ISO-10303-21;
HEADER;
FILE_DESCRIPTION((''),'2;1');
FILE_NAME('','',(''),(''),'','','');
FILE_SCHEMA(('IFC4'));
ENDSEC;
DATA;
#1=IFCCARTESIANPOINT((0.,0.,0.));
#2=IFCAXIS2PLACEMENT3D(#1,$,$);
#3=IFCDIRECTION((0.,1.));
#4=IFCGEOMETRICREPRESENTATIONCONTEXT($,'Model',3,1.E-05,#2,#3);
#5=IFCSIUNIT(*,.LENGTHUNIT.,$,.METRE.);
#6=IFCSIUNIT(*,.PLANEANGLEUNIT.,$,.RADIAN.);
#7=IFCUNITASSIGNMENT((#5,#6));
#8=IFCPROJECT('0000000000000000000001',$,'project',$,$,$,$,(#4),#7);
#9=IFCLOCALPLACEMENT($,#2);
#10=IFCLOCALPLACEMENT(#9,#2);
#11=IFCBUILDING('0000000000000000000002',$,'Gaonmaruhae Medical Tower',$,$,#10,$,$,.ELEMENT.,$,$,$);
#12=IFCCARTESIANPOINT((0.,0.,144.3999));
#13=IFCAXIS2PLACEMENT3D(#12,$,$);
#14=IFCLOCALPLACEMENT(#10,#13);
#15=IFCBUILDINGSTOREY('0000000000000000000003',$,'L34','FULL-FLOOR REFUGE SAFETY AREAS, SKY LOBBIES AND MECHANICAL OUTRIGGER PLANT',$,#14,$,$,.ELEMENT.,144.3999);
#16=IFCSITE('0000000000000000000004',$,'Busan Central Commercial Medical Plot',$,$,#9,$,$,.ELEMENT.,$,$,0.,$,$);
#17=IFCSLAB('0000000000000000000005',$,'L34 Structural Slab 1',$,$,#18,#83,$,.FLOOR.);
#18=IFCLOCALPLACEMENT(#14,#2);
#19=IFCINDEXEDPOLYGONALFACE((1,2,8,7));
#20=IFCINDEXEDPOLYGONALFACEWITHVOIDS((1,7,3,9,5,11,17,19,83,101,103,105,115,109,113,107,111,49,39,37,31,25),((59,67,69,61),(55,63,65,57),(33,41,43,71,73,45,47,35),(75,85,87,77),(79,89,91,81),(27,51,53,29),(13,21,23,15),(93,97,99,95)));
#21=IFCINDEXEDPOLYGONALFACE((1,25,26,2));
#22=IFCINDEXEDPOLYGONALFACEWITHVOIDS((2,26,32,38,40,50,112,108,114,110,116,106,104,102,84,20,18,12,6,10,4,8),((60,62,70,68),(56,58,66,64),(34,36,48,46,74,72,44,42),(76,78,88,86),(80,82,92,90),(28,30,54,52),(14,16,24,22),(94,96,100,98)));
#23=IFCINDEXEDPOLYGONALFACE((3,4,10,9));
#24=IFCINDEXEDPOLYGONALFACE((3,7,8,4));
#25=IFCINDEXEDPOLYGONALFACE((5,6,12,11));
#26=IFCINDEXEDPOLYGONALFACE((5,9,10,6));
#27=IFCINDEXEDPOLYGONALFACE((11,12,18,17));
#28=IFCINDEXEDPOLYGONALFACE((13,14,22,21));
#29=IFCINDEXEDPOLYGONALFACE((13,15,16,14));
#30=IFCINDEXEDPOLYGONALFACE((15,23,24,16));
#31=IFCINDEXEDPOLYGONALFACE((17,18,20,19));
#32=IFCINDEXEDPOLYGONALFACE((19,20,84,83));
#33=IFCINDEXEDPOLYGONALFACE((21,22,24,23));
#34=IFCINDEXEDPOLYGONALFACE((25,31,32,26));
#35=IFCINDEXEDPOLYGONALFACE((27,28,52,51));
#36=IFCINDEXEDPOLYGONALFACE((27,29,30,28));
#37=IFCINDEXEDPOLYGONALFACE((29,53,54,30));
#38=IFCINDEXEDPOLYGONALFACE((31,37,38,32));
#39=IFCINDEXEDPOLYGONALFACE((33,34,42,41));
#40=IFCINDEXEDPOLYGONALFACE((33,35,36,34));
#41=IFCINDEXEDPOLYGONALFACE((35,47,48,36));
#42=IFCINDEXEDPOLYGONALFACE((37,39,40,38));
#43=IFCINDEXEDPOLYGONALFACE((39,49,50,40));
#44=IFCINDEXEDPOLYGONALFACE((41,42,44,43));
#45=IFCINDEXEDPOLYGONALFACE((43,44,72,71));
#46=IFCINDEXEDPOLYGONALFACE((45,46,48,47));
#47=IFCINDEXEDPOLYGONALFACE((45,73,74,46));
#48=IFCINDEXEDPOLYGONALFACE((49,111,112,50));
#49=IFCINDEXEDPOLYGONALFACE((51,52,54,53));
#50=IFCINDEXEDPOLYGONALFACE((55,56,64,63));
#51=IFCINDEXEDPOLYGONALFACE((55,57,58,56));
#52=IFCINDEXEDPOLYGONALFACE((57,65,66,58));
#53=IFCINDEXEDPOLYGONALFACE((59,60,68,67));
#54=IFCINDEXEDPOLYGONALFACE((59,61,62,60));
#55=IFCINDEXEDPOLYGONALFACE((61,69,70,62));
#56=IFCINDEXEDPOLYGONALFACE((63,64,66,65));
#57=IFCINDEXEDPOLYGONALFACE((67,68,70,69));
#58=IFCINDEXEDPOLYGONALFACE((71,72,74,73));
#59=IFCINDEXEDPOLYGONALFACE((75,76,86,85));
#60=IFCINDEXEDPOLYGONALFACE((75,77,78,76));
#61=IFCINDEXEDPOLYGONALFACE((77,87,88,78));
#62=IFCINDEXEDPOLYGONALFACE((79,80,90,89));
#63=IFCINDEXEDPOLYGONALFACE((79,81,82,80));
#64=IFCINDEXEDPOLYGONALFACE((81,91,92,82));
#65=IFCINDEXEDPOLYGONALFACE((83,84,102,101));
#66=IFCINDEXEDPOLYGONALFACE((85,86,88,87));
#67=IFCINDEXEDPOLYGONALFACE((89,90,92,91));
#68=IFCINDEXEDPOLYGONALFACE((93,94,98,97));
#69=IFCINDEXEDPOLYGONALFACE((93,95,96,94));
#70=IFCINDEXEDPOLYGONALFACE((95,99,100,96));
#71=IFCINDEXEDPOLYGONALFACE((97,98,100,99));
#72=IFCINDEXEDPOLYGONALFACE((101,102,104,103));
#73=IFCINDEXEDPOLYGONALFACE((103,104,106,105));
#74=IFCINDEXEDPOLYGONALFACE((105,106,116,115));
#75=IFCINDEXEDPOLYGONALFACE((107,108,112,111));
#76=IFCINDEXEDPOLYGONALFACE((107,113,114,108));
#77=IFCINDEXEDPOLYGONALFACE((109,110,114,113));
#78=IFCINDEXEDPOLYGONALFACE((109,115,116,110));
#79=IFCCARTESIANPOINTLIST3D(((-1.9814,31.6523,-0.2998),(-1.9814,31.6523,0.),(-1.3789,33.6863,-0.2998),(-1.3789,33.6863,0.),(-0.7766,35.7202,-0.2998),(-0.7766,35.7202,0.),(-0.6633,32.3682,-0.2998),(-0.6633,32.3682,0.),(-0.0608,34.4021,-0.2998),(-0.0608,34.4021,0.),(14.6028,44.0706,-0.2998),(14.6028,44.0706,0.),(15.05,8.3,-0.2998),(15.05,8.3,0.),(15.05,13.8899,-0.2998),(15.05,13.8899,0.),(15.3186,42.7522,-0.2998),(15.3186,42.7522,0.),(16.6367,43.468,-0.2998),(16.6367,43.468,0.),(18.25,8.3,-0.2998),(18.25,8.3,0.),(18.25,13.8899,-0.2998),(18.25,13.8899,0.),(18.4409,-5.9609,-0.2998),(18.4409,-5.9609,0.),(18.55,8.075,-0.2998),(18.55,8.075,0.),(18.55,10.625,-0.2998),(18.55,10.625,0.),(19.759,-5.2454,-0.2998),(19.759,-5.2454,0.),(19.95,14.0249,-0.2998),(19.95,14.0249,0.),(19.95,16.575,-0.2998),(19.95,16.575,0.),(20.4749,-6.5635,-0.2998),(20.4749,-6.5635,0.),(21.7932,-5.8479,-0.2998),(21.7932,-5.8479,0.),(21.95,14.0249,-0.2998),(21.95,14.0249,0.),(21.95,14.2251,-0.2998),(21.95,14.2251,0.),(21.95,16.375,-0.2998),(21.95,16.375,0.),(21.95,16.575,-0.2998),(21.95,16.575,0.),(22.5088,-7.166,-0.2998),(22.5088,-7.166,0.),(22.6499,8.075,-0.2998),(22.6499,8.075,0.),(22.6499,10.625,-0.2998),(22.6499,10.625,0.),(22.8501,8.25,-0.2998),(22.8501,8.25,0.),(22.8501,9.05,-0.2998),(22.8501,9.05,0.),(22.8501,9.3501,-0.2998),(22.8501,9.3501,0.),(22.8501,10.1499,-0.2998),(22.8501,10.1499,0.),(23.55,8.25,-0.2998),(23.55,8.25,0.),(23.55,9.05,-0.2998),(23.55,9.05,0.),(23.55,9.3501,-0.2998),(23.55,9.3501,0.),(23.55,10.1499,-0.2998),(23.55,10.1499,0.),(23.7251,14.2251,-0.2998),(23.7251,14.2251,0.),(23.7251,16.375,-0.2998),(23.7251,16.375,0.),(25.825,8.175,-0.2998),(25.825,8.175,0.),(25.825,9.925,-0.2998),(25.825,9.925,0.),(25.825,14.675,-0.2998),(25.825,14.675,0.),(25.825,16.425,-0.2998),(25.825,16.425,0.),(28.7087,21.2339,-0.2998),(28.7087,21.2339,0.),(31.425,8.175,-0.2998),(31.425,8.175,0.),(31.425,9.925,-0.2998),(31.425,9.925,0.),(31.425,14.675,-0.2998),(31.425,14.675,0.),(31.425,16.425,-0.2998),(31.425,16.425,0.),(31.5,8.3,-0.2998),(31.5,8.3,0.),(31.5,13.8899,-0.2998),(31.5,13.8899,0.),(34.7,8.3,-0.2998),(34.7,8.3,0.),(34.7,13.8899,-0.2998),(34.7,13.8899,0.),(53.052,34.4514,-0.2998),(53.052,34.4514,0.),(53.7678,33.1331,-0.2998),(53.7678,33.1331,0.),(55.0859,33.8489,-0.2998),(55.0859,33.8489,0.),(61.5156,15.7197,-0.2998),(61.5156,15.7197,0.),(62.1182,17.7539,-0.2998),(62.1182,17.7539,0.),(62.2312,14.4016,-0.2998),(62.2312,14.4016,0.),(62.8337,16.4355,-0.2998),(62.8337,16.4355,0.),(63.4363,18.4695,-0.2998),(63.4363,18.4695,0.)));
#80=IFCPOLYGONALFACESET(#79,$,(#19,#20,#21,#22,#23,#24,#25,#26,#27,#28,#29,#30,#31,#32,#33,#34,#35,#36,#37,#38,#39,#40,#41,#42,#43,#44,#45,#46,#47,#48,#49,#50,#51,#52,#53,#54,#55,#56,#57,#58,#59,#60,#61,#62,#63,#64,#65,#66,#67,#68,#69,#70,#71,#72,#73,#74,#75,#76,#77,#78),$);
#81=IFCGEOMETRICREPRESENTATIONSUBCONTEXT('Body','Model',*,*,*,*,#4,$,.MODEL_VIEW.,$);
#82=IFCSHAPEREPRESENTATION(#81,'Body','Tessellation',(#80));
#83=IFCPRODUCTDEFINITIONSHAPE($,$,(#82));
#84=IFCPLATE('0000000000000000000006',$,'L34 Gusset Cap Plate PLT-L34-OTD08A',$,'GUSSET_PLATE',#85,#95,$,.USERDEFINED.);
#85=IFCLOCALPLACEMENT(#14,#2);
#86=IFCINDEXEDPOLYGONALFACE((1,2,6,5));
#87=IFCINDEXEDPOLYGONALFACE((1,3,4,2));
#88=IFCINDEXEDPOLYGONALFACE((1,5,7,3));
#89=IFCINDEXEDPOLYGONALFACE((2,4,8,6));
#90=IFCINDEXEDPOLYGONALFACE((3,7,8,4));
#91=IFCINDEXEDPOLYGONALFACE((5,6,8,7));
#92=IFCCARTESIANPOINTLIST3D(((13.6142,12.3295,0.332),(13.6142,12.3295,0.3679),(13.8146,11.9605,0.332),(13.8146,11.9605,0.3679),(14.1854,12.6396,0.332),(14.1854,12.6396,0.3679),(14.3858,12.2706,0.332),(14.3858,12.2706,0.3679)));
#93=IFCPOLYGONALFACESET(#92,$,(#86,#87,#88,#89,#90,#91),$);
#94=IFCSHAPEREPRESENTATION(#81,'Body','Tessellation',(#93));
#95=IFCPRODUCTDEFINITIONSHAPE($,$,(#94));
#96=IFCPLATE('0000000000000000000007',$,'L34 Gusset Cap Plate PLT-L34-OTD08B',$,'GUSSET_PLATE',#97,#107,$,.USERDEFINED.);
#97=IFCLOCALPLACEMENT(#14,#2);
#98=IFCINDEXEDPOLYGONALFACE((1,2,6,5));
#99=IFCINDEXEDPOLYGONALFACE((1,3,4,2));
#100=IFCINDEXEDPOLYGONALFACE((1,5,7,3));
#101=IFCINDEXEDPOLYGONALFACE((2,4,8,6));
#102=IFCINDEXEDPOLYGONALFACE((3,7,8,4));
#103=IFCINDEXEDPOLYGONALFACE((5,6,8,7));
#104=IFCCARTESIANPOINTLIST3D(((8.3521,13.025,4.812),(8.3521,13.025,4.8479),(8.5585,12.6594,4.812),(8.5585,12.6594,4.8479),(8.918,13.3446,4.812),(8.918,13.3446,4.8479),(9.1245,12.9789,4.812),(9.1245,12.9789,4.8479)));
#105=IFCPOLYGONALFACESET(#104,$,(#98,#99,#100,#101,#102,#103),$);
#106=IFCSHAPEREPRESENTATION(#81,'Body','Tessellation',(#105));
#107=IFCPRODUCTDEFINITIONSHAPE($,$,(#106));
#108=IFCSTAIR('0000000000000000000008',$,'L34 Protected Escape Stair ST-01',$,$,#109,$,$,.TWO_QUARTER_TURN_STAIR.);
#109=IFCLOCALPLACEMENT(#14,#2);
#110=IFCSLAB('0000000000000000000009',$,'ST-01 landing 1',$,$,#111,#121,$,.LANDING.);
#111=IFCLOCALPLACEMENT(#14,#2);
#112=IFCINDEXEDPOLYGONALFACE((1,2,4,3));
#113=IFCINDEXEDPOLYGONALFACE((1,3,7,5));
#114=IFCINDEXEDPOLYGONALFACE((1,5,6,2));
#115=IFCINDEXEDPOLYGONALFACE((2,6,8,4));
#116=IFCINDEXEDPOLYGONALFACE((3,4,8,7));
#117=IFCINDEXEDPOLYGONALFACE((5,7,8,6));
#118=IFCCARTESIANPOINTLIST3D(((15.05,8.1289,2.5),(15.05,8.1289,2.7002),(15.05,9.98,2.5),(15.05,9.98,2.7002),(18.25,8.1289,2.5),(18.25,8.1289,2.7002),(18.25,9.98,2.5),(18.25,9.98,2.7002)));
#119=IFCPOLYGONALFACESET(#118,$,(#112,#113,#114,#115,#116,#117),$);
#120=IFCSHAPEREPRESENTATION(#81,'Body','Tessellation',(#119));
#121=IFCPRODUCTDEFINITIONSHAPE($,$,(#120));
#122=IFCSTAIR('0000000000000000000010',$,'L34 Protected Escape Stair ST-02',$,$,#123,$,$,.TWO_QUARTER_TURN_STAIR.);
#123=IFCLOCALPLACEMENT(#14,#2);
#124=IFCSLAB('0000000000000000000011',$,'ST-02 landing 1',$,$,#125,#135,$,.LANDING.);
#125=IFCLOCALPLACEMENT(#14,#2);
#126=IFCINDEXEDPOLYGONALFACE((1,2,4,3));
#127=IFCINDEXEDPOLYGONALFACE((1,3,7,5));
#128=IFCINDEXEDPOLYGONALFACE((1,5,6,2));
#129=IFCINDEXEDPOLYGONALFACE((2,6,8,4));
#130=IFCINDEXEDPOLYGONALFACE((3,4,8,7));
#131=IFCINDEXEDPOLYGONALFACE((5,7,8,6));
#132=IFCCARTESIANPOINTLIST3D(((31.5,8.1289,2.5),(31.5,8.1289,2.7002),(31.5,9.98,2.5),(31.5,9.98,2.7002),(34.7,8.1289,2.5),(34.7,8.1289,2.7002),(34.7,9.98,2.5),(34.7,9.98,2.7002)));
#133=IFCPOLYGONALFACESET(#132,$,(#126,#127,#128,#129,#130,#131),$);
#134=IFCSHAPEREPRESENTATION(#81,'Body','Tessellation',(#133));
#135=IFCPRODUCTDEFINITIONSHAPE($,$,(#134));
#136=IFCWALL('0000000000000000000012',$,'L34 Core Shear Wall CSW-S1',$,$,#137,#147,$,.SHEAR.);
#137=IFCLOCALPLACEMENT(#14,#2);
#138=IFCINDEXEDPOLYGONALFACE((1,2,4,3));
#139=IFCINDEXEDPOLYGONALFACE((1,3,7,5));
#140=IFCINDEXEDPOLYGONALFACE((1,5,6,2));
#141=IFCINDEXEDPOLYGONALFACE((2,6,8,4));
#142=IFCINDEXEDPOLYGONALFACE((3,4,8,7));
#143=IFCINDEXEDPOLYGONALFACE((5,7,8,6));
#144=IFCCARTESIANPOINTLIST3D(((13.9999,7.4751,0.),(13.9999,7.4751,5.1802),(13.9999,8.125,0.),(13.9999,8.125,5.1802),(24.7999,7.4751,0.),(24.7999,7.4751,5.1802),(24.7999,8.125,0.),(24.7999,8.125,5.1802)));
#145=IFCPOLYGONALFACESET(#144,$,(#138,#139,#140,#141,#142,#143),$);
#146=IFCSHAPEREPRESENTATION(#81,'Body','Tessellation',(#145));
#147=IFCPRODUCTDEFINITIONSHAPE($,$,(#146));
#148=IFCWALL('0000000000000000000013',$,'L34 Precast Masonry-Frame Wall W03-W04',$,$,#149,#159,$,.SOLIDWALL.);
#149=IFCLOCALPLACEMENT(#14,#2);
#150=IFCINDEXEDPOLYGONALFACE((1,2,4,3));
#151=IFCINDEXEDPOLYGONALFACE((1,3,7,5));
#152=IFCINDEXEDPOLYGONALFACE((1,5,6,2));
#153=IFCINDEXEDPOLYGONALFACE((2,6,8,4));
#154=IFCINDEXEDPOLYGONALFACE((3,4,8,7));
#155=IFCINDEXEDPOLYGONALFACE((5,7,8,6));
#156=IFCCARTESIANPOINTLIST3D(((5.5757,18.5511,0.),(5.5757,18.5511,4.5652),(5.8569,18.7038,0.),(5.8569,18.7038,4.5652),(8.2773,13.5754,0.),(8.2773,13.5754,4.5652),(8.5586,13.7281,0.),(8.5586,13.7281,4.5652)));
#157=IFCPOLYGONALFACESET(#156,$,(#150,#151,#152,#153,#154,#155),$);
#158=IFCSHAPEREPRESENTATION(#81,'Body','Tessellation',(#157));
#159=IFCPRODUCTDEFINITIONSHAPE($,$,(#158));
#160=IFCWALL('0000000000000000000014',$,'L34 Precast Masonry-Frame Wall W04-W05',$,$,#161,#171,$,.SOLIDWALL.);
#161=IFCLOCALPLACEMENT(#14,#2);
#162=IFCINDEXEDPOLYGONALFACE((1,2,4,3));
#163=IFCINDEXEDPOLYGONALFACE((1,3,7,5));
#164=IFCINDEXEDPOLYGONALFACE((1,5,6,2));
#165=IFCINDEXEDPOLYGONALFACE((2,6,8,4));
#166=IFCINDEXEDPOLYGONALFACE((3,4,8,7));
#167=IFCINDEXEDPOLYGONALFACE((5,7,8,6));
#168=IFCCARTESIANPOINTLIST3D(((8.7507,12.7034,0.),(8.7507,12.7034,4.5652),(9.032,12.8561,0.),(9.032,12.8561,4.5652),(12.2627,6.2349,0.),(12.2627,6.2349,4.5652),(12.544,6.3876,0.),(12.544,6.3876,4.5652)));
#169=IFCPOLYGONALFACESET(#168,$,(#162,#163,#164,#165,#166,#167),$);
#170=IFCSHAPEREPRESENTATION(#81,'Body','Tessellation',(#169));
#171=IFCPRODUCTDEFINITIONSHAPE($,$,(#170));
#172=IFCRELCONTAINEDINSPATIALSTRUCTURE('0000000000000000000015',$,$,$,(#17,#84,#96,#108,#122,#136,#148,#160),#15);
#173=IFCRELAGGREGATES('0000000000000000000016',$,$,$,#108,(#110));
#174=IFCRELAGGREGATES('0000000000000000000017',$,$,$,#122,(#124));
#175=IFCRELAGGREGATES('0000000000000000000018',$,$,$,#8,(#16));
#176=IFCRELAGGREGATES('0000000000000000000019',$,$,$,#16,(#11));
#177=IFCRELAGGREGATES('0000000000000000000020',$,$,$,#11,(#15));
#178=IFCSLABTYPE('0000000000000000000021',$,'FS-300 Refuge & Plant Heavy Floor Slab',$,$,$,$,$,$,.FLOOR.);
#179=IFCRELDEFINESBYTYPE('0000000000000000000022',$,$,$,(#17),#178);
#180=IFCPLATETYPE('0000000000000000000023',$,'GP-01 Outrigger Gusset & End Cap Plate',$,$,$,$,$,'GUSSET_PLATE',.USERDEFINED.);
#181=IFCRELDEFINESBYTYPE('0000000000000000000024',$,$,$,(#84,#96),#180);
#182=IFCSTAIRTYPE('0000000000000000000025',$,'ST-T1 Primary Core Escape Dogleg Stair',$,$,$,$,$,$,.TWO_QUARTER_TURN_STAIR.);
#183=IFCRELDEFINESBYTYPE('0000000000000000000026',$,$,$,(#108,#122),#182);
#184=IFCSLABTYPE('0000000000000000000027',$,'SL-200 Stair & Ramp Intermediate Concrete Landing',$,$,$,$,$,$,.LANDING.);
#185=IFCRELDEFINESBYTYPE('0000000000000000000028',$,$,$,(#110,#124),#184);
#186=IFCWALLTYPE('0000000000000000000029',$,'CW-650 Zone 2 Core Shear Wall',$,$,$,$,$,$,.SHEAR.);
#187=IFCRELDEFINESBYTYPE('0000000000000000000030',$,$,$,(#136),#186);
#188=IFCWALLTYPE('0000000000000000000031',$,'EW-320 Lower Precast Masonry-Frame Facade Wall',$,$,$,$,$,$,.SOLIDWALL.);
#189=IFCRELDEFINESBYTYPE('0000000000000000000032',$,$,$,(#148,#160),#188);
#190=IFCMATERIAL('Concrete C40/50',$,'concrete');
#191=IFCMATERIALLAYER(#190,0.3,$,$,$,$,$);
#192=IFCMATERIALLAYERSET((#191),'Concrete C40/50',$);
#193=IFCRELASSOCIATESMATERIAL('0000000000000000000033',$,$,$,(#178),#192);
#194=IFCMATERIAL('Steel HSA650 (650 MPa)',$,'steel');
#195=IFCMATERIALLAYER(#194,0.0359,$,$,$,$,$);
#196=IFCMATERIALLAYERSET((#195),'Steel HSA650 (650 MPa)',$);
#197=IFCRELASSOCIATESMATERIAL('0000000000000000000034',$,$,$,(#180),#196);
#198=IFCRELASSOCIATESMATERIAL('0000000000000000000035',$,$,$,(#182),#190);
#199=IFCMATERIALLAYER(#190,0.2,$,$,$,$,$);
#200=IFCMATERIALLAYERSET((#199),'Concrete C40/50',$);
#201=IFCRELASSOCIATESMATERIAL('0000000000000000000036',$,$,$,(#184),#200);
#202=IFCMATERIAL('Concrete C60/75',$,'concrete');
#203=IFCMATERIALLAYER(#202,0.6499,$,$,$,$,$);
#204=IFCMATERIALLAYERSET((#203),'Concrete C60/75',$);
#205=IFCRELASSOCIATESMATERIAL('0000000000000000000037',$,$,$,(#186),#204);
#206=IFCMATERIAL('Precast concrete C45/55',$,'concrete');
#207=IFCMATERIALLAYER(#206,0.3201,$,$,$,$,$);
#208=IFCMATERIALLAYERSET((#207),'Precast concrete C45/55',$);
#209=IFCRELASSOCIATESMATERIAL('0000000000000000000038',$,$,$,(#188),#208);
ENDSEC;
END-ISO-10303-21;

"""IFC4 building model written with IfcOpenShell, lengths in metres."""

from ifc_helpers import new_model, si_unit, direction, frame, frame_2d, origin, origin_2d, place, context, subcontext, project, spatial, polyline, rectangle, outline, extrude, material, layer, layer_set, type_object, element, aggregate, save


model = new_model("IFC4")

# Units and contexts
model_context = context("Model", 3, precision=1e-05, world=origin(), true_north=direction((0.0, 1.0)))
body_context = subcontext(model_context, "Body", "Model", "MODEL_VIEW")
ifc_project = project(units=[si_unit("LENGTHUNIT", "METRE"), si_unit("PLANEANGLEUNIT", "RADIAN")], contexts=[model_context])

# Site, building, storey
site_placement = place(None, origin())
site = spatial("IfcSite", under=ifc_project, at=site_placement, Name="Busan Central Commercial Medical Plot", CompositionType="ELEMENT", RefElevation=0.0)
building_placement = place(site_placement, origin())
building = spatial("IfcBuilding", under=site, at=building_placement, Name="Gaonmaruhae Medical Tower", CompositionType="ELEMENT")
storey_placement = place(building_placement, frame((0.0, 0.0, 144.3999)))
storey = spatial("IfcBuildingStorey", under=building, at=storey_placement, Name="L34", Description="FULL-FLOOR REFUGE SAFETY AREAS, SKY LOBBIES AND MECHANICAL OUTRIGGER PLANT", CompositionType="ELEMENT", Elevation=144.3999)

# Shared definitions
ifc_material_1 = material(Name="Concrete C60/75", Category="concrete")
ifc_material_2 = material(Name="Steel HSA650 (650 MPa)", Category="steel")

# Slab
ifc_material_3 = material(Name="Concrete C40/50", Category="concrete")
ifc_layer_1 = layer(ifc_material_3, 0.3)
ifc_layer_set_1 = layer_set([ifc_layer_1], Name="Concrete C40/50")
slab_type_1 = type_object("IfcSlabType", Name="FS-300 Refuge & Plant Heavy Floor Slab", PredefinedType="FLOOR", material=ifc_layer_set_1)
slab_1_placement = place(storey_placement, frame((0.0, 0.0, -0.2998)))
element("IfcSlab", 1, at=slab_1_placement, inside=storey, type_object=slab_type_1, Name="L34 Structural Slab 1", PredefinedType="FLOOR", context=body_context, shape_type="SweptSolid", body=[
    extrude(outline(polyline([(22.5088, -7.166), (62.2312, 14.4016), (61.5156, 15.7197), (62.8337, 16.4355), (62.1182, 17.7539), (63.4363, 18.4695), (55.0859, 33.8489), (53.7678, 33.1331), (53.052, 34.4514), (28.7087, 21.2339), (16.6367, 43.468), (15.3186, 42.7522), (14.6028, 44.0706), (-0.7766, 35.7202), (-0.0608, 34.4021), (-1.3789, 33.6863), (-0.6633, 32.3682), (-1.9814, 31.6523), (18.4409, -5.9609), (19.759, -5.2454), (20.4749, -6.5635), (21.7932, -5.8479), (22.5088, -7.166)]), holes=[polyline([(23.55, 8.25), (22.8501, 8.25), (22.8501, 9.05), (23.55, 9.05), (23.55, 8.25)]), polyline([(25.825, 9.925), (31.425, 9.925), (31.425, 8.175), (25.825, 8.175), (25.825, 9.925)]), polyline([(22.6499, 10.625), (22.6499, 8.075), (18.55, 8.075), (18.55, 10.625), (22.6499, 10.625)]), polyline([(23.55, 9.3501), (22.8501, 9.3501), (22.8501, 10.1499), (23.55, 10.1499), (23.55, 9.3501)]), polyline([(15.05, 13.8899), (18.25, 13.8899), (18.25, 8.3), (15.05, 8.3), (15.05, 13.8899)]), polyline([(31.5, 13.8899), (34.7, 13.8899), (34.7, 8.3), (31.5, 8.3), (31.5, 13.8899)]), polyline([(21.95, 14.2251), (21.95, 14.0249), (19.95, 14.0249), (19.95, 16.575), (21.95, 16.575), (21.95, 16.375), (23.7251, 16.375), (23.7251, 14.2251), (21.95, 14.2251)]), polyline([(25.825, 16.425), (31.425, 16.425), (31.425, 14.675), (25.825, 14.675), (25.825, 16.425)])]), origin(), (0.0, 0.0, 1.0), 0.2998),
])

# Plates
ifc_layer_2 = layer(ifc_material_2, 0.0359)
ifc_layer_set_2 = layer_set([ifc_layer_2], Name="Steel HSA650 (650 MPa)")
plate_type = type_object("IfcPlateType", Name="GP-01 Outrigger Gusset & End Cap Plate", ElementType="GUSSET_PLATE", PredefinedType="USERDEFINED", material=ifc_layer_set_2)
for number, where, z_axis, x_axis, name in (
    (2, (14.0, 12.3, 0.332), (0.0, 0.0, 1.0), (0.878817, 0.477159, 0.0), "L34 Gusset Cap Plate PLT-L34-OTD08A"),
    (3, (8.7383, 13.002, 4.812), (0.0, 0.0, 1.0), (0.870785, 0.491664, 0.0), "L34 Gusset Cap Plate PLT-L34-OTD08B"),
):
    element("IfcPlate", number, at=place(storey_placement, frame(where, z_axis=z_axis, x_axis=x_axis)), inside=storey, type_object=plate_type, Name=name, ObjectType="GUSSET_PLATE", PredefinedType="USERDEFINED", context=body_context, shape_type="SweptSolid", body=[
        extrude(rectangle(XDim=0.6499, YDim=0.4199, at=origin_2d()), origin(), (0.0, 0.0, 1.0), 0.0359),
    ])

# Stairs, slabs
stair_type = type_object("IfcStairType", Name="ST-T1 Primary Core Escape Dogleg Stair", PredefinedType="TWO_QUARTER_TURN_STAIR", material=ifc_material_3)
stair_1_placement = place(storey_placement, origin())
stair_1 = element("IfcStair", 4, at=stair_1_placement, inside=storey, type_object=stair_type, Name="L34 Protected Escape Stair ST-01", PredefinedType="TWO_QUARTER_TURN_STAIR")
ifc_layer_3 = layer(ifc_material_3, 0.2)
ifc_layer_set_3 = layer_set([ifc_layer_3], Name="Concrete C40/50")
slab_type_2 = type_object("IfcSlabType", Name="SL-200 Stair & Ramp Intermediate Concrete Landing", PredefinedType="LANDING", material=ifc_layer_set_3)
slab_2_placement = place(storey_placement, frame((0.0, 0.0, 2.5)))
slab_2 = element("IfcSlab", 5, at=slab_2_placement, type_object=slab_type_2, Name="ST-01 landing 1", PredefinedType="LANDING", context=body_context, shape_type="SweptSolid", body=[
    extrude(outline(polyline([(15.05, 9.98), (15.05, 8.1289), (18.25, 8.1289), (18.25, 9.98), (15.05, 9.98)])), origin(), (0.0, 0.0, 1.0), 0.2002),
])
aggregate(stair_1, [slab_2])
stair_2_placement = place(storey_placement, origin())
stair_2 = element("IfcStair", 6, at=stair_2_placement, inside=storey, type_object=stair_type, Name="L34 Protected Escape Stair ST-02", PredefinedType="TWO_QUARTER_TURN_STAIR")
slab_3_placement = place(storey_placement, frame((0.0, 0.0, 2.5)))
slab_3 = element("IfcSlab", 7, at=slab_3_placement, type_object=slab_type_2, Name="ST-02 landing 1", PredefinedType="LANDING", context=body_context, shape_type="SweptSolid", body=[
    extrude(outline(polyline([(31.5, 9.98), (31.5, 8.1289), (34.7, 8.1289), (34.7, 9.98), (31.5, 9.98)])), origin(), (0.0, 0.0, 1.0), 0.2002),
])
aggregate(stair_2, [slab_3])

# Walls
ifc_layer_4 = layer(ifc_material_1, 0.6499)
ifc_layer_set_4 = layer_set([ifc_layer_4], Name="Concrete C60/75")
wall_type_1 = type_object("IfcWallType", Name="CW-650 Zone 2 Core Shear Wall", PredefinedType="SHEAR", material=ifc_layer_set_4)
wall_1_placement = place(storey_placement, frame((14.0, 7.8, 0.0), z_axis=(0.0, 0.0, 1.0), x_axis=(1.0, 0.0, 0.0)))
element("IfcWall", 8, at=wall_1_placement, inside=storey, type_object=wall_type_1, Name="L34 Core Shear Wall CSW-S1", PredefinedType="SHEAR", context=body_context, shape_type="SweptSolid", body=[
    extrude(rectangle(XDim=10.8, YDim=0.6499, at=frame_2d((5.3999, 0.0))), origin(), (0.0, 0.0, 1.0), 5.1802),
])
ifc_material_4 = material(Name="Precast concrete C45/55", Category="concrete")
ifc_layer_5 = layer(ifc_material_4, 0.3201)
ifc_layer_set_5 = layer_set([ifc_layer_5], Name="Precast concrete C45/55")
wall_type_2 = type_object("IfcWallType", Name="EW-320 Lower Precast Masonry-Frame Facade Wall", PredefinedType="SOLIDWALL", material=ifc_layer_set_5)
wall_2_placement = place(storey_placement, frame((8.418, 13.6516, 0.0), z_axis=(0.0, 0.0, 1.0), x_axis=(-0.477159, 0.878817, 0.0)))
element("IfcWall", 9, at=wall_2_placement, inside=storey, type_object=wall_type_2, Name="L34 Precast Masonry-Frame Wall W03-W04", PredefinedType="SOLIDWALL", context=body_context, shape_type="SweptSolid", body=[
    extrude(rectangle(XDim=5.6619, YDim=0.3201, at=frame_2d((2.8311, 0.0))), origin(), (0.0, 0.0, 1.0), 4.5652),
])
wall_3_placement = place(storey_placement, frame((12.4033, 6.3113, 0.0), z_axis=(0.0, 0.0, 1.0), x_axis=(-0.477143, 0.878826, 0.0)))
element("IfcWall", 10, at=wall_3_placement, inside=storey, type_object=wall_type_2, Name="L34 Precast Masonry-Frame Wall W04-W05", PredefinedType="SOLIDWALL", context=body_context, shape_type="SweptSolid", body=[
    extrude(rectangle(XDim=7.3604, YDim=0.3201, at=frame_2d((3.6802, 0.0))), origin(), (0.0, 0.0, 1.0), 4.5652),
])

save(model, "model.ifc")
